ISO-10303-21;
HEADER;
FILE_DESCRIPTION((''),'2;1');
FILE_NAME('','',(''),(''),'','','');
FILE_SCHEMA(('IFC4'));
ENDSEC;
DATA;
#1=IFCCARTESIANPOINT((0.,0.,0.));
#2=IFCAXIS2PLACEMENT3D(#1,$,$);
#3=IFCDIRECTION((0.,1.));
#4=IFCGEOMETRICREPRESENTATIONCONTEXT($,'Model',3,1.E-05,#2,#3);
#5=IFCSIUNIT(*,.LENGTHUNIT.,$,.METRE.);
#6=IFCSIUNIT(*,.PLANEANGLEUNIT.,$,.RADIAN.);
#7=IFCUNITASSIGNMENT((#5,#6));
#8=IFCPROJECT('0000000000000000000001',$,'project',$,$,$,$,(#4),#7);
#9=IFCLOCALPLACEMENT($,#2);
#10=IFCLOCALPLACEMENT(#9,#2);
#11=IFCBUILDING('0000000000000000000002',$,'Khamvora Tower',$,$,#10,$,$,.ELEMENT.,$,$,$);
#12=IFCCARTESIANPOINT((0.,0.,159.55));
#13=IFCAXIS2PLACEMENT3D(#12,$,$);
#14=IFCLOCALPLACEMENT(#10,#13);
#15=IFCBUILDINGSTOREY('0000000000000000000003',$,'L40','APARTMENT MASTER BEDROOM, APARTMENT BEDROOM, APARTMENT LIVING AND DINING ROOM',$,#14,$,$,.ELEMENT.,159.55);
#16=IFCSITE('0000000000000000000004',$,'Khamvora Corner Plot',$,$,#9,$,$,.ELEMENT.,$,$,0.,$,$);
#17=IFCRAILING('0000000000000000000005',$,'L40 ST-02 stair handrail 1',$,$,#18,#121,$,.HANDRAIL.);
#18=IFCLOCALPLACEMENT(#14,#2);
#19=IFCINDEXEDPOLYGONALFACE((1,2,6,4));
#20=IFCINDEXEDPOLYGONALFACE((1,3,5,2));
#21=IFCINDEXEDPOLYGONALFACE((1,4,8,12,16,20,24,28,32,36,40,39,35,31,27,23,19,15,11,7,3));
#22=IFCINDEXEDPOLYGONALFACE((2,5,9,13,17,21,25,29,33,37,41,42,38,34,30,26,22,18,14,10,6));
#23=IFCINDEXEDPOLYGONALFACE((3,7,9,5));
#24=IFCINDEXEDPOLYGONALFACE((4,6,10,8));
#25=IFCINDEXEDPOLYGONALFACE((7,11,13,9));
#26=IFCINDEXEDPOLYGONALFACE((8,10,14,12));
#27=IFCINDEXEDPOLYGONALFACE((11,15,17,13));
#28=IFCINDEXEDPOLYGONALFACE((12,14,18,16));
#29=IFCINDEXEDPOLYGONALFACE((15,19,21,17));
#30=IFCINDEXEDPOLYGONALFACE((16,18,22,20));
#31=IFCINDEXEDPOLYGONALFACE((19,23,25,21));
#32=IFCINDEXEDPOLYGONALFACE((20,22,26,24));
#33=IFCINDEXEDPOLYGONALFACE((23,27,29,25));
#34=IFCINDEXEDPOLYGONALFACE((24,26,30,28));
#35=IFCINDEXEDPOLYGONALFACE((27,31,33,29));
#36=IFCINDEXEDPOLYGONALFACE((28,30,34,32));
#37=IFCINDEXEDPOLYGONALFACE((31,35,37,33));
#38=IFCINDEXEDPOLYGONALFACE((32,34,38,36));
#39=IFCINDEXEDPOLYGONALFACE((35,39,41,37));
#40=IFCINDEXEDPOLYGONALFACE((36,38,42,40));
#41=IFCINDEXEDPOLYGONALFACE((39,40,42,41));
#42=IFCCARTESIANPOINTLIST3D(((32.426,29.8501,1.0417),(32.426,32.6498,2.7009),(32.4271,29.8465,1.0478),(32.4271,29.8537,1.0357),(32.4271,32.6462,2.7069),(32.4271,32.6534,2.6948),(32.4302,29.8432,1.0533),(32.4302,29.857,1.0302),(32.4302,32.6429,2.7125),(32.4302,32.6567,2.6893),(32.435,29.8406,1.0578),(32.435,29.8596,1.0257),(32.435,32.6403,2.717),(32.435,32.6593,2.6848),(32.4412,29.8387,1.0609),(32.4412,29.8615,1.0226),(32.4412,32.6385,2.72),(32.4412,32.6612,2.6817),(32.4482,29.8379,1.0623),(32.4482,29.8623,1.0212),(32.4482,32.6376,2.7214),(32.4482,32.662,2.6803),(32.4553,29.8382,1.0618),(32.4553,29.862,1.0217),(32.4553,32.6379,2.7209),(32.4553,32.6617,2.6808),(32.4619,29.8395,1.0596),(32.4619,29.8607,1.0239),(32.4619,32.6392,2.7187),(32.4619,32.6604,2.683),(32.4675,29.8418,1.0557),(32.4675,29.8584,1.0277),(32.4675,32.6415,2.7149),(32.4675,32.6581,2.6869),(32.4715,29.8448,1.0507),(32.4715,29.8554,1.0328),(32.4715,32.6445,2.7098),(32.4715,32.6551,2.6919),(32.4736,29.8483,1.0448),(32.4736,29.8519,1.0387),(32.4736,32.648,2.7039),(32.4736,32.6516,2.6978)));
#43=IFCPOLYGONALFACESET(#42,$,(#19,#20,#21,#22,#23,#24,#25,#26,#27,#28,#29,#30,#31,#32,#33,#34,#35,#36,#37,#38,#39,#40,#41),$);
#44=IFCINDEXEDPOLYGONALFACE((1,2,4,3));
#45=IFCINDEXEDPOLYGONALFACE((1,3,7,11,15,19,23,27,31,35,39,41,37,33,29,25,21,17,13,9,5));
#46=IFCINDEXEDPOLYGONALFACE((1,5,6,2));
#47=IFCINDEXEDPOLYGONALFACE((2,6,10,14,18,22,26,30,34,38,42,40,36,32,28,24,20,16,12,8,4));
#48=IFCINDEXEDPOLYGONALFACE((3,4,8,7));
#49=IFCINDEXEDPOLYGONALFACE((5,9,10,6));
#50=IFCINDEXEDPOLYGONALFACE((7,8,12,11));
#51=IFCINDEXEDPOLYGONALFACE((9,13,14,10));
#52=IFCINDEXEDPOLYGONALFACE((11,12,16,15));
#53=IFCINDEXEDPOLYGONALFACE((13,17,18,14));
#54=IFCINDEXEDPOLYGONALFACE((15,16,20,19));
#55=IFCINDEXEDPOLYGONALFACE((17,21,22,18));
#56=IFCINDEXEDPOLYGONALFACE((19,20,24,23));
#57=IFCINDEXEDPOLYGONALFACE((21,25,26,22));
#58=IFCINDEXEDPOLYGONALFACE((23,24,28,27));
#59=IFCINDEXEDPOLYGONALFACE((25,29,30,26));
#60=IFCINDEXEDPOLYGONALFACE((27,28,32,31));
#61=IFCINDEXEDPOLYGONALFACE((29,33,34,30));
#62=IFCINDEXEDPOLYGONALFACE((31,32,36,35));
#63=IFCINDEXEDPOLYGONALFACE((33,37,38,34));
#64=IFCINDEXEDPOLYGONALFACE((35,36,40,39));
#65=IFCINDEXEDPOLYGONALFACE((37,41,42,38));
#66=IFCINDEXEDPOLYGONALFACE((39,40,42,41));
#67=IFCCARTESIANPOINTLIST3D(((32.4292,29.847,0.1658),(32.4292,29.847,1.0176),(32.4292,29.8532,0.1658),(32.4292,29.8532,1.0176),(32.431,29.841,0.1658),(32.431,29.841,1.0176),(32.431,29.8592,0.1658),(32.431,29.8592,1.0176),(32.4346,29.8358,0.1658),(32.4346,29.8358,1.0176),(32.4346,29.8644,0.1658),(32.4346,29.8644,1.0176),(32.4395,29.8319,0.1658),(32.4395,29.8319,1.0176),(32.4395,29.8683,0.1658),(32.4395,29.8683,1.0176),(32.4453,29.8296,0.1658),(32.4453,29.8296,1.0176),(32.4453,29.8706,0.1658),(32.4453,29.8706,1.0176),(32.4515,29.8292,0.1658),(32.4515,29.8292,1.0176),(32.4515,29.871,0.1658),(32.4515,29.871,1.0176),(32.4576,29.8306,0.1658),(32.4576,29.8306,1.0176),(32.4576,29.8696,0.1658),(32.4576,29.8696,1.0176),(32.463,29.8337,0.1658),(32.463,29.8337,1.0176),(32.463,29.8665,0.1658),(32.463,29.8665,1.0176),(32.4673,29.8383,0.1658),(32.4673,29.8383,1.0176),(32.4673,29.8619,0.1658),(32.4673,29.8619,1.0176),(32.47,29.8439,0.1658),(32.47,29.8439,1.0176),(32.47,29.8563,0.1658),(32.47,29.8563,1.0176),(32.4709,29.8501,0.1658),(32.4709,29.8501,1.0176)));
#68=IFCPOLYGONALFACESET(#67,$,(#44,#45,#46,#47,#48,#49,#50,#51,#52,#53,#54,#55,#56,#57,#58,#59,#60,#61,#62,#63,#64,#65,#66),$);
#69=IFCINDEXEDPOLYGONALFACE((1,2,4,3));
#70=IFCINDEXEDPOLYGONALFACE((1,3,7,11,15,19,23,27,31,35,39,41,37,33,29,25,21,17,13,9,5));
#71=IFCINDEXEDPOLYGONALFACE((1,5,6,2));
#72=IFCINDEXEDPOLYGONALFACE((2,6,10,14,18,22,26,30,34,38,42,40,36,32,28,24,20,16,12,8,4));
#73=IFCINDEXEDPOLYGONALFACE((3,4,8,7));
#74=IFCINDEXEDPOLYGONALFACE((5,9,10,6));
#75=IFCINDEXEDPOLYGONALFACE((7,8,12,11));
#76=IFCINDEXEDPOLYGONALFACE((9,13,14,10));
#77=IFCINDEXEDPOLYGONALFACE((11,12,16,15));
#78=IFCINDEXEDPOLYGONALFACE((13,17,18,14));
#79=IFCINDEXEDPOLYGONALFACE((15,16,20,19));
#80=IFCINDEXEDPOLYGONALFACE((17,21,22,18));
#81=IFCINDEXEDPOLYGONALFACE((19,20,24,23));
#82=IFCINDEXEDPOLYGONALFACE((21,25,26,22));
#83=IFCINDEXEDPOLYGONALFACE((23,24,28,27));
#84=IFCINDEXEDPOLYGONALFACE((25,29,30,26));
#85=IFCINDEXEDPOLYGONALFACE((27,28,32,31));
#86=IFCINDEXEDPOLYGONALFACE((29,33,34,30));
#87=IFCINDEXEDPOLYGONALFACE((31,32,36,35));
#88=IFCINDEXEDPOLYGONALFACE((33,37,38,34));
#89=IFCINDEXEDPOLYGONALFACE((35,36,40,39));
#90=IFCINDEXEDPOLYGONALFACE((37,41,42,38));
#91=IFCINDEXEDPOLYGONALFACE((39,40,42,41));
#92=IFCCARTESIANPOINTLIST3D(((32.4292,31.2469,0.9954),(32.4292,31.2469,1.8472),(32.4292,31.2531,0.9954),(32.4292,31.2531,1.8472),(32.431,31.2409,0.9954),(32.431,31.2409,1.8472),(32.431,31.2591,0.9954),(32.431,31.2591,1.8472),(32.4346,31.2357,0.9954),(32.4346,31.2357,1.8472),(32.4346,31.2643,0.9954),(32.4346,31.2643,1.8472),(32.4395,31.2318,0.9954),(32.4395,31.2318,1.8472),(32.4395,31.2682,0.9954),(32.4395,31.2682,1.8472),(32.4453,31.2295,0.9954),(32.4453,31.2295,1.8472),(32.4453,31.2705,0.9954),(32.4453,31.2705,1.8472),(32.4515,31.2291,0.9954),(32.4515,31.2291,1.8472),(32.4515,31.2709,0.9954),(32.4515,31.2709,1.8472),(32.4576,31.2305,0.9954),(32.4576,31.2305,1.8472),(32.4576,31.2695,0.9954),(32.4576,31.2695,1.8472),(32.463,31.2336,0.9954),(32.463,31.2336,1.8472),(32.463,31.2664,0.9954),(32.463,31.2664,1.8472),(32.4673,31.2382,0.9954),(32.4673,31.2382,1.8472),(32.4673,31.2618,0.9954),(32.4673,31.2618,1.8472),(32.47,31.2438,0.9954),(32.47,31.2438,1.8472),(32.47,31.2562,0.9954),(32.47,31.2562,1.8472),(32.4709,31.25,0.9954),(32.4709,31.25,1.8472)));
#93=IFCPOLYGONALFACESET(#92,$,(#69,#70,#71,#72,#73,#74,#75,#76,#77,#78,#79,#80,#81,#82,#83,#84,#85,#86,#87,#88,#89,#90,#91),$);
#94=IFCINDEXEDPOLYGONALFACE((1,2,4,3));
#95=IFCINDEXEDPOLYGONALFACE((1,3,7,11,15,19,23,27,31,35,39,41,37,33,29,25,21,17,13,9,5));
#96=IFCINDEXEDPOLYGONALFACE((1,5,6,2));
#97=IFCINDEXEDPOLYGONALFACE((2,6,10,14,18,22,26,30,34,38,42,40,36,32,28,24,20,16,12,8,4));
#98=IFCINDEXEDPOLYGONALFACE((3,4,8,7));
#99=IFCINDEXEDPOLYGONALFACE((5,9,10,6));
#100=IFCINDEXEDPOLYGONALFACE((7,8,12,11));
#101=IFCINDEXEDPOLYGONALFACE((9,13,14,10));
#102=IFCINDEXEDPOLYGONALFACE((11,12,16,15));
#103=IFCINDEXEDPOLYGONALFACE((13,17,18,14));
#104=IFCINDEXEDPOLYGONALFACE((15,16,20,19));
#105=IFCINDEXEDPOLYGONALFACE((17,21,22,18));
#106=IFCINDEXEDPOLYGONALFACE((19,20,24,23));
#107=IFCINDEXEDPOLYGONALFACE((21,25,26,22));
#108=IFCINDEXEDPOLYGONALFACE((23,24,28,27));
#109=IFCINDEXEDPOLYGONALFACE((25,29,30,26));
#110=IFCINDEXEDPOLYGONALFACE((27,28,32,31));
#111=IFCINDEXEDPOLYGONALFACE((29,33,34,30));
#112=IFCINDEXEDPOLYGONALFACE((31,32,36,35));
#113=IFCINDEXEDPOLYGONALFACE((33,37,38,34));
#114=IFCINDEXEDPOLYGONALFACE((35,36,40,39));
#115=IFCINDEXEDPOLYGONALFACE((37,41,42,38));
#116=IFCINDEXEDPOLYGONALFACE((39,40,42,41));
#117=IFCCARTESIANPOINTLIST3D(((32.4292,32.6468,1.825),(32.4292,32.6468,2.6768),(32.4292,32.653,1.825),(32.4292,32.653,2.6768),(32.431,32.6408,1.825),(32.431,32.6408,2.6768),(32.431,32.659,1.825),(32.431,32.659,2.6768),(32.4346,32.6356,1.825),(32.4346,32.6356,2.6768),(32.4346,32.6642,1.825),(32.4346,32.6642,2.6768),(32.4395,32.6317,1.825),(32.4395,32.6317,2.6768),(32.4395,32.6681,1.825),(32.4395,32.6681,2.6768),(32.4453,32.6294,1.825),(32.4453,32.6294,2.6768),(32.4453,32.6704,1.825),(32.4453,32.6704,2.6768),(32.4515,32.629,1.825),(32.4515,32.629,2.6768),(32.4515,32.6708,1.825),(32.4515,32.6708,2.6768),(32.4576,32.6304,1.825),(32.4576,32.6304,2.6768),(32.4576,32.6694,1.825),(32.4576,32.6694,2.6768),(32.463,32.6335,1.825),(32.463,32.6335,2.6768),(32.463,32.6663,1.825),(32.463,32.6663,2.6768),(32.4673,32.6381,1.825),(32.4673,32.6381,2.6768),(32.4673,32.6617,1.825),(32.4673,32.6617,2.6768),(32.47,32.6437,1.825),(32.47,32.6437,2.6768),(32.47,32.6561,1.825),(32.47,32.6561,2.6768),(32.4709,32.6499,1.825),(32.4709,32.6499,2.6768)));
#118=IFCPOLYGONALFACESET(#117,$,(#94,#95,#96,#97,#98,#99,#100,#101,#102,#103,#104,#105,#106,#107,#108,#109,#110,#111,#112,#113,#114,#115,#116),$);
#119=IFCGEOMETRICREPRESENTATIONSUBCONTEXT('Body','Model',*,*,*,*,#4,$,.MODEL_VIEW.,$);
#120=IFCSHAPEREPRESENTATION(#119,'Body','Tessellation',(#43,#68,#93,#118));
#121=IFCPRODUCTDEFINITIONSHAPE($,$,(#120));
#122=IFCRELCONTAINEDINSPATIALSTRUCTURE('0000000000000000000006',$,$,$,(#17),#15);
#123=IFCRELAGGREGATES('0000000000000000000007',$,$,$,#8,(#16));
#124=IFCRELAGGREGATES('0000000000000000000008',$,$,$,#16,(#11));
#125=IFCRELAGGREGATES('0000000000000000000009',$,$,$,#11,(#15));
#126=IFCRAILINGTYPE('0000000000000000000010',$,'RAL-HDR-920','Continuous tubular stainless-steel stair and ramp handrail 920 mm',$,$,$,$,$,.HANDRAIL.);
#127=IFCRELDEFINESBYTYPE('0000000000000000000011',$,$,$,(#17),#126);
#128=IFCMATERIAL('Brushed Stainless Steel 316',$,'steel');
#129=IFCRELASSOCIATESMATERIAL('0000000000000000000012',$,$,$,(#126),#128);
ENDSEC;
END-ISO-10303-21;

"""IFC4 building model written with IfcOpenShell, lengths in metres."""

from ifc_helpers import new_model, si_unit, direction, frame, origin, origin_2d, place, context, subcontext, project, spatial, circle, extrude, material, type_object, element, save


model = new_model("IFC4")

# Units and contexts
model_context = context("Model", 3, precision=1e-05, world=origin(), true_north=direction((0.0, 1.0)))
body_context = subcontext(model_context, "Body", "Model", "MODEL_VIEW")
ifc_project = project(units=[si_unit("LENGTHUNIT", "METRE"), si_unit("PLANEANGLEUNIT", "RADIAN")], contexts=[model_context])

# Site, building, storey
site_placement = place(None, origin())
site = spatial("IfcSite", under=ifc_project, at=site_placement, Name="Khamvora Corner Plot", CompositionType="ELEMENT", RefElevation=0.0)
building_placement = place(site_placement, origin())
building = spatial("IfcBuilding", under=site, at=building_placement, Name="Khamvora Tower", CompositionType="ELEMENT")
storey_placement = place(building_placement, frame((0.0, 0.0, 159.55)))
storey = spatial("IfcBuildingStorey", under=building, at=storey_placement, Name="L40", Description="APARTMENT MASTER BEDROOM, APARTMENT BEDROOM, APARTMENT LIVING AND DINING ROOM", CompositionType="ELEMENT", Elevation=159.55)

# Railing
ifc_material_1 = material(Name="Brushed Stainless Steel 316", Category="steel")
railing_type_1 = type_object("IfcRailingType", Name="RAL-HDR-920", Description="Continuous tubular stainless-steel stair and ramp handrail 920 mm", PredefinedType="HANDRAIL", material=ifc_material_1)
railing_1_placement = place(storey_placement, frame((32.45, 29.8501, 0.1658)))
element("IfcRailing", 1, at=railing_1_placement, inside=storey, type_object=railing_type_1, Name="L40 ST-02 stair handrail 1", PredefinedType="HANDRAIL", context=body_context, shape_type="SweptSolid", body=[
    extrude(circle(Radius=0.0239, at=origin_2d()), frame((0.0, 0.0, 0.876), z_axis=(0.0, 0.860287, 0.509811), x_axis=(-1.0, 0.0, 0.0)), (0.0, 0.0, 1.0), 3.2544),
    extrude(circle(Radius=0.021, at=origin_2d()), origin(), (0.0, 0.0, 1.0), 0.8518),
    extrude(circle(Radius=0.021, at=origin_2d()), frame((0.0, 1.3999, 0.8296)), (0.0, 0.0, 1.0), 0.8518),
    extrude(circle(Radius=0.021, at=origin_2d()), frame((0.0, 2.7998, 1.6592)), (0.0, 0.0, 1.0), 0.8518),
])

save(model, "model.ifc")
